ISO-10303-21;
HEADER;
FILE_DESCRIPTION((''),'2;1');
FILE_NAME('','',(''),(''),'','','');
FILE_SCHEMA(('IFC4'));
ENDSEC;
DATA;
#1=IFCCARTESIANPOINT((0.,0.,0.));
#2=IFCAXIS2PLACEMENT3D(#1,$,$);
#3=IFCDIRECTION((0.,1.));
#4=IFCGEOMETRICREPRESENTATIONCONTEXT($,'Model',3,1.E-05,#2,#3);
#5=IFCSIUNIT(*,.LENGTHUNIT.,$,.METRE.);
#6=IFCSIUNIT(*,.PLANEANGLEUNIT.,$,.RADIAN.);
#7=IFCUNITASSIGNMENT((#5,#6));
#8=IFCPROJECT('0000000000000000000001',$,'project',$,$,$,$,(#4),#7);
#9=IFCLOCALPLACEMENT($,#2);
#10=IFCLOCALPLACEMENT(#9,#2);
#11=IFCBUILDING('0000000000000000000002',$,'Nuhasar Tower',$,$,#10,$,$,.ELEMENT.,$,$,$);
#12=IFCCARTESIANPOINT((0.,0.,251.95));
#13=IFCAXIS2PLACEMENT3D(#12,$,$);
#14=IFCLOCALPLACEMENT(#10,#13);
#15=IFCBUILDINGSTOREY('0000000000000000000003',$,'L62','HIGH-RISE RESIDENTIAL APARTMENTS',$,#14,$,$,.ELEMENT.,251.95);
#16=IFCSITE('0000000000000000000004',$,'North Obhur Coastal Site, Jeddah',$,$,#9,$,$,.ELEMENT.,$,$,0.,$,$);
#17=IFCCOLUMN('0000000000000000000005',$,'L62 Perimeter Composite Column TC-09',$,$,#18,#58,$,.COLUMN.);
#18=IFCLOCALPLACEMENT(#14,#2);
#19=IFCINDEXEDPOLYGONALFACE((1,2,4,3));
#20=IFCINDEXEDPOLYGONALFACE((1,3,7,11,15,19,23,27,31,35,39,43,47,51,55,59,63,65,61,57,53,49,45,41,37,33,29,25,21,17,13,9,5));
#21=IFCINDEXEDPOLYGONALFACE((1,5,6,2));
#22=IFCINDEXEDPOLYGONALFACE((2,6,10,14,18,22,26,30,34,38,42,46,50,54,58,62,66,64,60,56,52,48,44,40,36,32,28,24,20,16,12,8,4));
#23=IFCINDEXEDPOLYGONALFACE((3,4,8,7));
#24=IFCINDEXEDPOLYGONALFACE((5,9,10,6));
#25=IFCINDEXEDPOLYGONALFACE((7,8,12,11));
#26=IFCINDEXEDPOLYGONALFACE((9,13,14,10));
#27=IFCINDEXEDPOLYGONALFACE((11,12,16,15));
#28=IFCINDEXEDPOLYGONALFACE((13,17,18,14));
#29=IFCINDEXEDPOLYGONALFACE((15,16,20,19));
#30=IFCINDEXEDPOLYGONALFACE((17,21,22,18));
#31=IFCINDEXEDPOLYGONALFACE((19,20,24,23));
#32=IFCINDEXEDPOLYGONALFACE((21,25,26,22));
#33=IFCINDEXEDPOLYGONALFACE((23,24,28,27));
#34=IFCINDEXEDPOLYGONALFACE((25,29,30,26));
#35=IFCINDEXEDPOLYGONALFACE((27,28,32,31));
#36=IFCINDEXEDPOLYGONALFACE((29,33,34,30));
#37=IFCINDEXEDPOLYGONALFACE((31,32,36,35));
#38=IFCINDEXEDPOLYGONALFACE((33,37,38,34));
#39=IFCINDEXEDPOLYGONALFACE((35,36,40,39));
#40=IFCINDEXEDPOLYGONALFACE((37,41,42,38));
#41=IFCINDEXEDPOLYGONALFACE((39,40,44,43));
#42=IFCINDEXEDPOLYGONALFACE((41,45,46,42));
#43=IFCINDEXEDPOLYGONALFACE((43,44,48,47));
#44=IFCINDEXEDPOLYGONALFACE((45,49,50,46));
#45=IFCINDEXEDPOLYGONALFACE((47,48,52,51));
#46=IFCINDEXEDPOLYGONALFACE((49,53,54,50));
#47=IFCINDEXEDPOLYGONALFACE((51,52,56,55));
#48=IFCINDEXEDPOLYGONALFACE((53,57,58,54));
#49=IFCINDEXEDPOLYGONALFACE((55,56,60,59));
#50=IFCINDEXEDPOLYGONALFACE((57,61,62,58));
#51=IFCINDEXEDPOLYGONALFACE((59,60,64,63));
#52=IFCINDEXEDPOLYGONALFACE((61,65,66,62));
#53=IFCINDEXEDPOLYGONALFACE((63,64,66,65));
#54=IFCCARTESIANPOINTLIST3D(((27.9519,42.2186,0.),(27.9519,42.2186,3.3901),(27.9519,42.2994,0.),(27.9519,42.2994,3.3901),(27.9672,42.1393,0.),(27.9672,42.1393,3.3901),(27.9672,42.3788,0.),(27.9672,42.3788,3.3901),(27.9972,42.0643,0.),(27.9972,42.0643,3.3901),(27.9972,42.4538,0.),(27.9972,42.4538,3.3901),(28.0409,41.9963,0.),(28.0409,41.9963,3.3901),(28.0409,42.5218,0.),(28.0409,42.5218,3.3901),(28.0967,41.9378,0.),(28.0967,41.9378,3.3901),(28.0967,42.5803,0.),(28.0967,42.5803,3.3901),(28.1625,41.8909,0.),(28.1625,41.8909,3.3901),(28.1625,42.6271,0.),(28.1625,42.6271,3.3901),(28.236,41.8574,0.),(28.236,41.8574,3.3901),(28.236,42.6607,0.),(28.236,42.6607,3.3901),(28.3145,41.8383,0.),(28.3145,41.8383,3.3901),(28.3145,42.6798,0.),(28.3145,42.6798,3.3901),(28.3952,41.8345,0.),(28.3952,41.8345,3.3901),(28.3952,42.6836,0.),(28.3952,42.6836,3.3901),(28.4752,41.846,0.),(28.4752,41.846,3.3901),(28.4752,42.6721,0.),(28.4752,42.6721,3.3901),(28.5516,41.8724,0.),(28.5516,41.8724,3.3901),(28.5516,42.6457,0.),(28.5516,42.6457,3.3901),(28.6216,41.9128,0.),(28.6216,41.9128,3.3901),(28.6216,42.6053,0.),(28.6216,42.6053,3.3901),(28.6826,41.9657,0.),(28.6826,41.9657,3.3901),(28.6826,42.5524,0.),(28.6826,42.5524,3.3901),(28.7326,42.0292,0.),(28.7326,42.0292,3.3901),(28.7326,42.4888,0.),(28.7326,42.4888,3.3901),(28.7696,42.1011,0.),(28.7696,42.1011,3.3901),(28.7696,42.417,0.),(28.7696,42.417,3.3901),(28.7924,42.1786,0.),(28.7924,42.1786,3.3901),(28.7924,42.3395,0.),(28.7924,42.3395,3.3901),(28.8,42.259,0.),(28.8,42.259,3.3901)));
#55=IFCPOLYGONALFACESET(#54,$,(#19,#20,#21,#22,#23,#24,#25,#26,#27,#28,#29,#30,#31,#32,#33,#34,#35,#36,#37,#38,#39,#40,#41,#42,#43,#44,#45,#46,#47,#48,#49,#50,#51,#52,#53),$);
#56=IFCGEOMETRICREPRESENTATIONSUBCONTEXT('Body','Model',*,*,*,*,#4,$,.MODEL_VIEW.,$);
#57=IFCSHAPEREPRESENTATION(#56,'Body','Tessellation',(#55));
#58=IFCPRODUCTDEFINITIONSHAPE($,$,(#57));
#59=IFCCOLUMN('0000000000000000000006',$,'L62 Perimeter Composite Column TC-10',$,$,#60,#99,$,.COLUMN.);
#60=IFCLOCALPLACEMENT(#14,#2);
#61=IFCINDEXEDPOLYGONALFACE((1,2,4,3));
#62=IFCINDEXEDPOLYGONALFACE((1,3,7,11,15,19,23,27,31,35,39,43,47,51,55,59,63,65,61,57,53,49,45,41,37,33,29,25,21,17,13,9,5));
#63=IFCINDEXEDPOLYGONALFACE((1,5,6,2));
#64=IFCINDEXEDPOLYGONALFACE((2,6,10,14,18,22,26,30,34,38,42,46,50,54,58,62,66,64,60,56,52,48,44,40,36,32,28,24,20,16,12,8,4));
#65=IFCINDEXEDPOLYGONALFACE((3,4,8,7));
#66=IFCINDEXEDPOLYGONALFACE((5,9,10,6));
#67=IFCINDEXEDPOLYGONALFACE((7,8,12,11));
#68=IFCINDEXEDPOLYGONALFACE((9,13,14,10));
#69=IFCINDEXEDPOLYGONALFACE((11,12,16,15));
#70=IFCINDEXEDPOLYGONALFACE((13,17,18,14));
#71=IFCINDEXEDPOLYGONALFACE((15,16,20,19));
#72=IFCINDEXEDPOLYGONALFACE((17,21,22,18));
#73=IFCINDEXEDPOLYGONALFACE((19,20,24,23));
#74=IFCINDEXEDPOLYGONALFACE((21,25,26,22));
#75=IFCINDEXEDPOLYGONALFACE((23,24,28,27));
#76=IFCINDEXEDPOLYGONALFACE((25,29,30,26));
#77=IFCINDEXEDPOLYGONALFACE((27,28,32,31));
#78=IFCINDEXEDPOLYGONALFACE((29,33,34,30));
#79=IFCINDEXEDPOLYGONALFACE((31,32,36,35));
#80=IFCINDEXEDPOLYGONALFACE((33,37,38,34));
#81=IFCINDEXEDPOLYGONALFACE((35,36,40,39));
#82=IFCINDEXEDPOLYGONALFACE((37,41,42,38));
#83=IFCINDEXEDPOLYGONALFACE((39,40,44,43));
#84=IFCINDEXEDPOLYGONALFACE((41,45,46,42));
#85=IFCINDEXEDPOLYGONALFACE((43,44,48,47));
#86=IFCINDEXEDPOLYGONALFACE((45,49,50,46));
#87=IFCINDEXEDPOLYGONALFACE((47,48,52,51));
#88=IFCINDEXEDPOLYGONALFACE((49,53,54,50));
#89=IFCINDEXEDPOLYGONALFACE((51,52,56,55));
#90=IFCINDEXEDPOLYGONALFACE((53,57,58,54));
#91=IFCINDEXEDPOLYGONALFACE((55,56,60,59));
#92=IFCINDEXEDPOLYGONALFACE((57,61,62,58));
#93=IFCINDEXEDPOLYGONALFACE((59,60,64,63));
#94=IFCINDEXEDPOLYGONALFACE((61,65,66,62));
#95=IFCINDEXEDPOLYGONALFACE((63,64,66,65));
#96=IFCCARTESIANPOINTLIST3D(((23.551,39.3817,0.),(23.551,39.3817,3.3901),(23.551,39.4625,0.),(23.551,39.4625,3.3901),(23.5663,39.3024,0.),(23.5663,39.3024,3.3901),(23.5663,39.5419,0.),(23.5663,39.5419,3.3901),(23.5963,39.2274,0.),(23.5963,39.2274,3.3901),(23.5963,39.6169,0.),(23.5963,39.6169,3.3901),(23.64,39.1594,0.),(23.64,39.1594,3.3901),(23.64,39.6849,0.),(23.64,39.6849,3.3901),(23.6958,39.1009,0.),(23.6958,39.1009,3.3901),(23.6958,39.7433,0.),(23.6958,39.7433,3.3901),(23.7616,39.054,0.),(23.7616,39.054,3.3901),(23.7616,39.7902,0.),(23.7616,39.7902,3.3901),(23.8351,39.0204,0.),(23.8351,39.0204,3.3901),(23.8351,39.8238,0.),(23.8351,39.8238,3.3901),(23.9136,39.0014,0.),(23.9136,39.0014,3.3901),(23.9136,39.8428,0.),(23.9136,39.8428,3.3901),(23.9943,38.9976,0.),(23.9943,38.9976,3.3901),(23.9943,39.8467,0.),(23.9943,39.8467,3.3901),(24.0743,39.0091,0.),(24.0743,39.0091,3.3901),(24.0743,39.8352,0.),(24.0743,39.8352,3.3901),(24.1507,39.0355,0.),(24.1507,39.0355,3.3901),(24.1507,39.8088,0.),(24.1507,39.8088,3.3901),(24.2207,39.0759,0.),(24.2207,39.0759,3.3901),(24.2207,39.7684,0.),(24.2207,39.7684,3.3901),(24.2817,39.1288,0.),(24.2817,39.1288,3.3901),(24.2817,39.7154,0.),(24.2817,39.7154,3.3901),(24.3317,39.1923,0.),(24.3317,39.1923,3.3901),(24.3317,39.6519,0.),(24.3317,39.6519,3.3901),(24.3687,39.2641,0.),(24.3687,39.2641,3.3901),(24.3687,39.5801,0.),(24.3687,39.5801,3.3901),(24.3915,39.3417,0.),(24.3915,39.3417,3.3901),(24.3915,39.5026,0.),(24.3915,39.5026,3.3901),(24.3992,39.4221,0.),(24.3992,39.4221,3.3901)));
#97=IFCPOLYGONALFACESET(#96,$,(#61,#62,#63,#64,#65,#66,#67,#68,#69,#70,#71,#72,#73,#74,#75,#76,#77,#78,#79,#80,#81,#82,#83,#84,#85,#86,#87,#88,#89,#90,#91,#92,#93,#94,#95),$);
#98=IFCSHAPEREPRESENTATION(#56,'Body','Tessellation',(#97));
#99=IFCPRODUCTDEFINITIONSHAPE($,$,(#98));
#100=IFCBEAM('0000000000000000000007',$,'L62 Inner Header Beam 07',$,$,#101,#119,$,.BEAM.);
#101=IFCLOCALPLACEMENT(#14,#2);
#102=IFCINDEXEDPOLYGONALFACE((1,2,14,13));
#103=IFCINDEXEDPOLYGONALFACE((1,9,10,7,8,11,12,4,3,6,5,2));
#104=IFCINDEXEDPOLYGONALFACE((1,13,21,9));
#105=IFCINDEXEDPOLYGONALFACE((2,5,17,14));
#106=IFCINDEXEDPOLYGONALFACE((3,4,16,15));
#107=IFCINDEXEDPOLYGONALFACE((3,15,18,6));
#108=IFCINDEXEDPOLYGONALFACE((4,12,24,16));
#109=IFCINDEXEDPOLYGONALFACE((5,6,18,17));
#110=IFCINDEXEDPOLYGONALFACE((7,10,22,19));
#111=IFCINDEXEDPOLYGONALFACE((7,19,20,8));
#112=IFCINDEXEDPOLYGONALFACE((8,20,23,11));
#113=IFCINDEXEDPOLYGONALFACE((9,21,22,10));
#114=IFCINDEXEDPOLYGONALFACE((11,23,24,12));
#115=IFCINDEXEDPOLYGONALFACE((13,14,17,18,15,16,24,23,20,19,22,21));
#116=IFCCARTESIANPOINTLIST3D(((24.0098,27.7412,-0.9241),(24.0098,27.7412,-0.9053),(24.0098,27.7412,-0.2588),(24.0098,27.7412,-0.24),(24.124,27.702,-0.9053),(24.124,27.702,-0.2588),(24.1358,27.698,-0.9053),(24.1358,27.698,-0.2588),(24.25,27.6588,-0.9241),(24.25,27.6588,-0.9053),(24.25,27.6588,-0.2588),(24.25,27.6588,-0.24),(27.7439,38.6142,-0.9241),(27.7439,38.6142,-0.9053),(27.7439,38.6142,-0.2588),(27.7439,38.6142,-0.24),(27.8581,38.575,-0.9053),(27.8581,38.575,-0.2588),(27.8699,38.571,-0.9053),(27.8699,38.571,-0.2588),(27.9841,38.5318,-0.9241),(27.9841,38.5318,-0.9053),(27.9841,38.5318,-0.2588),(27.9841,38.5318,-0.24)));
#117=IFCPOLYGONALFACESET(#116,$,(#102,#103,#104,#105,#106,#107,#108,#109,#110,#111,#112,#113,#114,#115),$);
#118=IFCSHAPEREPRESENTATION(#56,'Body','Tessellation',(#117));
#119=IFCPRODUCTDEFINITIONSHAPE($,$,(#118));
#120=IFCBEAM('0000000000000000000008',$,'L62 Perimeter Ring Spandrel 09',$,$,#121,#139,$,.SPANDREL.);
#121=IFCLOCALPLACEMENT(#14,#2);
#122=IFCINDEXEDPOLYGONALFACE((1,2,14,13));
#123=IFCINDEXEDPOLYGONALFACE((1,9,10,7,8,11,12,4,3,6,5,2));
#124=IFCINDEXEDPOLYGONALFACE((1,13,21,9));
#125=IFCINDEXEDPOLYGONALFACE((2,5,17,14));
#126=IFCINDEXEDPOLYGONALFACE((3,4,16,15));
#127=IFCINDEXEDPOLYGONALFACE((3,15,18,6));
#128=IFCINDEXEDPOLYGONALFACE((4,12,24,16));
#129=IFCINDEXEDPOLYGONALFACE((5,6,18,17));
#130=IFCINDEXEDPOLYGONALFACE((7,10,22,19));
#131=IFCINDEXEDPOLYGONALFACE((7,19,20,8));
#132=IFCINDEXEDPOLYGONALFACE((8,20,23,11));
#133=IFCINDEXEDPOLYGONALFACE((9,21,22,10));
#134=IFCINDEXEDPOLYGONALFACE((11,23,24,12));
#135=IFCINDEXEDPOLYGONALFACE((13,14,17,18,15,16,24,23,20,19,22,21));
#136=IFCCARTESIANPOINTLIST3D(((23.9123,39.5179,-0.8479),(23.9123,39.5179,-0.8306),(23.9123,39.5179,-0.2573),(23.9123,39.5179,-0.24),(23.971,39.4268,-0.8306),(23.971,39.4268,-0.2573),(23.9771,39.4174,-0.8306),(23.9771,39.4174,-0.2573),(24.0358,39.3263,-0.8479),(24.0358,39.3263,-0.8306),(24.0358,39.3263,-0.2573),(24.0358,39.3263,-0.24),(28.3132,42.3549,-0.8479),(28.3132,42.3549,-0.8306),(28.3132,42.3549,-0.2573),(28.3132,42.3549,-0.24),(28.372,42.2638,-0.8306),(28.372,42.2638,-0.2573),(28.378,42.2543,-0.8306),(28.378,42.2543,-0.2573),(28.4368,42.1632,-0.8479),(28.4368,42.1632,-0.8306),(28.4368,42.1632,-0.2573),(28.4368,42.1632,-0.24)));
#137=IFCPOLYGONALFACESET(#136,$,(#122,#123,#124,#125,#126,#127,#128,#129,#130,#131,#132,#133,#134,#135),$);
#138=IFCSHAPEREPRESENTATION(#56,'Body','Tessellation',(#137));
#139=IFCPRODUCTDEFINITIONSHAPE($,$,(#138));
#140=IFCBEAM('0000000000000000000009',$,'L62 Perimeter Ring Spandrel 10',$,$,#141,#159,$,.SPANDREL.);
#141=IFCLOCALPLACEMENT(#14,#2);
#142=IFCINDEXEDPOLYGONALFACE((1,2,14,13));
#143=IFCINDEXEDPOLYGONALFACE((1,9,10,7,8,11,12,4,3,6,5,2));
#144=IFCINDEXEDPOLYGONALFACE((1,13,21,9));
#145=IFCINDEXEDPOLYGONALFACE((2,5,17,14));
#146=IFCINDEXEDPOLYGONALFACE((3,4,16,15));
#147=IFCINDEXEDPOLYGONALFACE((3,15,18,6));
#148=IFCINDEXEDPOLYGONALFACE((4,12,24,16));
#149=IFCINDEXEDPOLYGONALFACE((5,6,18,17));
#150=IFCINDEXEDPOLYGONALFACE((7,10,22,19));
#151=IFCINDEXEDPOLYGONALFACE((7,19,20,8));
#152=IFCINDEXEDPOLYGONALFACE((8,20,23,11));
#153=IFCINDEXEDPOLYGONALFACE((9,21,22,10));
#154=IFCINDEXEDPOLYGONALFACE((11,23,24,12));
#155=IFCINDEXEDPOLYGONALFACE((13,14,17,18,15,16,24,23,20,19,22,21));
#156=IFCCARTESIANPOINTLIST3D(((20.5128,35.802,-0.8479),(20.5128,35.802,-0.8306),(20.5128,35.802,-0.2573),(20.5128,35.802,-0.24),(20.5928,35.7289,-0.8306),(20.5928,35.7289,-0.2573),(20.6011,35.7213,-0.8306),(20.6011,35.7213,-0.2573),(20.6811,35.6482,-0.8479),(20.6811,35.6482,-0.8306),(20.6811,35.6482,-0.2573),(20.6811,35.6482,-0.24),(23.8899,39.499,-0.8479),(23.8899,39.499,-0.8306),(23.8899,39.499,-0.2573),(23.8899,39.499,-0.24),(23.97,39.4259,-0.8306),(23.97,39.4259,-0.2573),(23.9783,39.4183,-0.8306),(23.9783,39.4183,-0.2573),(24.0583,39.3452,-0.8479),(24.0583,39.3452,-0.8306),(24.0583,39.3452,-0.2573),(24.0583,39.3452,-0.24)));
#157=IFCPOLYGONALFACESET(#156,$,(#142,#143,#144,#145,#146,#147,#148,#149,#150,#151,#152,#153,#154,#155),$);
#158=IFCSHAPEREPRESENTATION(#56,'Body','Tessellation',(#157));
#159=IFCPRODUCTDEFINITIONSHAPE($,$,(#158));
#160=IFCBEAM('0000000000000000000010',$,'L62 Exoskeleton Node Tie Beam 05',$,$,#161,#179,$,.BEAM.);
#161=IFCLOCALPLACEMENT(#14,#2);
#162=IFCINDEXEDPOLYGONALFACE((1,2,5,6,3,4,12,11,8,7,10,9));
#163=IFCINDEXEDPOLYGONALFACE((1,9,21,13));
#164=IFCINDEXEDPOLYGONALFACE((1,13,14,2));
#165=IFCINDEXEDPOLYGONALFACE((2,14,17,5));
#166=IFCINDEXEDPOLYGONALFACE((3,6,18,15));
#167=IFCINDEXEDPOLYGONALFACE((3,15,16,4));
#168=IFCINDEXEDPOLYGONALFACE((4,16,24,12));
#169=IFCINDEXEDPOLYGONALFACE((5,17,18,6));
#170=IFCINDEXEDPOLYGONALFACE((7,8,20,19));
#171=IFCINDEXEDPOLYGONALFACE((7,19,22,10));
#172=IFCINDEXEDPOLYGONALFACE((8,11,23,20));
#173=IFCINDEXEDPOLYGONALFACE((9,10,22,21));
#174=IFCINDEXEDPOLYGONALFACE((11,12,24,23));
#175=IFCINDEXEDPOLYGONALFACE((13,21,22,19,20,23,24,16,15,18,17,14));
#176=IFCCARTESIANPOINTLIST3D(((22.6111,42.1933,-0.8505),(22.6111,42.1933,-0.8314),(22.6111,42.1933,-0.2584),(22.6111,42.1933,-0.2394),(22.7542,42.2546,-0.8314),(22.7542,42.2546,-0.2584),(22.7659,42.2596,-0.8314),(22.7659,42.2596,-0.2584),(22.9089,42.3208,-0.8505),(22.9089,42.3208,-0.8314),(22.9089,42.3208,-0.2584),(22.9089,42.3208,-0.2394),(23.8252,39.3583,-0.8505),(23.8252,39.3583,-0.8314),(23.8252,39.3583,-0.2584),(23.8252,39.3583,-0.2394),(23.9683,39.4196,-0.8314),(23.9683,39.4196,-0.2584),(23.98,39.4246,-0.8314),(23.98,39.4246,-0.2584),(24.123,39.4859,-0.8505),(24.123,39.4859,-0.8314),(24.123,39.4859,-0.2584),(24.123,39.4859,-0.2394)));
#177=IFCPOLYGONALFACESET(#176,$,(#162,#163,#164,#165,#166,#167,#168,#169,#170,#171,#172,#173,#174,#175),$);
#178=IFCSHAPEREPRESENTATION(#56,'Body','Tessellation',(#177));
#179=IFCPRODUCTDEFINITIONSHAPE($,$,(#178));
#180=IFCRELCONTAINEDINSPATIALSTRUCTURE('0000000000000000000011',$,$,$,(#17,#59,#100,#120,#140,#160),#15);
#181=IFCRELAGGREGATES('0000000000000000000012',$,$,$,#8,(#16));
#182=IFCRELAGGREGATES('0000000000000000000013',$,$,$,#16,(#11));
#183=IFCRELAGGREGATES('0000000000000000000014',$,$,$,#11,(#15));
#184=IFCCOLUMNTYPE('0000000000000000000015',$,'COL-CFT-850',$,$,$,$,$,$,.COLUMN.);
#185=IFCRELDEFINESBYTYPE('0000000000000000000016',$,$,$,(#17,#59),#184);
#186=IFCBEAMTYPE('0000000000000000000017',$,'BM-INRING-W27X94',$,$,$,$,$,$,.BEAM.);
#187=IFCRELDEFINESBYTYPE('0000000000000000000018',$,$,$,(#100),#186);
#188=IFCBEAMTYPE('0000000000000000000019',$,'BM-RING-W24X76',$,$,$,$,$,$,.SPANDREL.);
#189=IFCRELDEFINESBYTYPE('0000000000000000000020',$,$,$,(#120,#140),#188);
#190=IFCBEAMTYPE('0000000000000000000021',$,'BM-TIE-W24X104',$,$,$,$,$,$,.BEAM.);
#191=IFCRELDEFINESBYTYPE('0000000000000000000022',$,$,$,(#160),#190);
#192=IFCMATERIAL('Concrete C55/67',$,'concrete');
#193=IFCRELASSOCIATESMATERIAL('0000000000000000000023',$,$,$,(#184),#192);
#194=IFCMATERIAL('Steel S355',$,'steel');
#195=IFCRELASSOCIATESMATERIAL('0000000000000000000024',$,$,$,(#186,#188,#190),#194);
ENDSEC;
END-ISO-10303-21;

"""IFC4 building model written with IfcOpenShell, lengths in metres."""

from ifc_helpers import new_model, si_unit, direction, frame, origin, origin_2d, place, context, subcontext, project, spatial, circle, i_section, extrude, material, material_profile, profile_set, type_object, element, save


model = new_model("IFC4")

# Units and contexts
model_context = context("Model", 3, precision=1e-05, world=origin(), true_north=direction((0.0, 1.0)))
body_context = subcontext(model_context, "Body", "Model", "MODEL_VIEW")
ifc_project = project(units=[si_unit("LENGTHUNIT", "METRE"), si_unit("PLANEANGLEUNIT", "RADIAN")], contexts=[model_context])

# Site, building, storey
site_placement = place(None, origin())
site = spatial("IfcSite", under=ifc_project, at=site_placement, Name="North Obhur Coastal Site, Jeddah", CompositionType="ELEMENT", RefElevation=0.0)
building_placement = place(site_placement, origin())
building = spatial("IfcBuilding", under=site, at=building_placement, Name="Nuhasar Tower", CompositionType="ELEMENT")
storey_placement = place(building_placement, frame((0.0, 0.0, 251.95)))
storey = spatial("IfcBuildingStorey", under=building, at=storey_placement, Name="L62", Description="HIGH-RISE RESIDENTIAL APARTMENTS", CompositionType="ELEMENT", Elevation=251.95)

# Columns
ifc_material_1 = material(Name="Concrete C55/67", Category="concrete")
ifc_material_profile_1 = material_profile(ifc_material_1, circle(Radius=0.425, at=origin_2d()), Name="CFT850")
ifc_profile_set_1 = profile_set([ifc_material_profile_1], Name="Concrete C55/67")
column_type = type_object("IfcColumnType", Name="COL-CFT-850", PredefinedType="COLUMN", material=ifc_profile_set_1)
for number, where, z_axis, x_axis, name in (
    (1, (28.375, 42.259, 0.0), (0.0, 0.0, 1.0), (1.0, 0.0, 0.0), "L62 Perimeter Composite Column TC-09"),
    (2, (23.9741, 39.4221, 0.0), (0.0, 0.0, 1.0), (1.0, 0.0, 0.0), "L62 Perimeter Composite Column TC-10"),
):
    element("IfcColumn", number, at=place(storey_placement, frame(where, z_axis=z_axis, x_axis=x_axis)), inside=storey, type_object=column_type, Name=name, PredefinedType="COLUMN", context=body_context, shape_type="SweptSolid", body=[
        extrude(circle(Radius=0.425, at=origin_2d()), origin(), (0.0, 0.0, 1.0), 3.3901),
    ])

# Beams
ifc_material_2 = material(Name="Steel S355", Category="steel")
ifc_material_profile_2 = material_profile(ifc_material_2, i_section(OverallWidth=0.2539, OverallDepth=0.6841, WebThickness=0.0125, FlangeThickness=0.0188, at=origin_2d()), Name="W27X94")
ifc_profile_set_2 = profile_set([ifc_material_profile_2], Name="Steel S355")
beam_type_1 = type_object("IfcBeamType", Name="BM-INRING-W27X94", PredefinedType="BEAM", material=ifc_profile_set_2)
beam_1_placement = place(storey_placement, frame((27.864, 38.573, -0.582), z_axis=(-0.324809, -0.94578, 0.0), x_axis=(0.94578, -0.324809, 0.0)))
element("IfcBeam", 3, at=beam_1_placement, inside=storey, type_object=beam_type_1, Name="L62 Inner Header Beam 07", PredefinedType="BEAM", context=body_context, shape_type="SweptSolid", body=[
    extrude(i_section(OverallWidth=0.2539, OverallDepth=0.6841, WebThickness=0.0125, FlangeThickness=0.0188, at=origin_2d()), origin(), (0.0, 0.0, 1.0), 11.4963),
])
ifc_material_profile_3 = material_profile(ifc_material_2, i_section(OverallWidth=0.228, OverallDepth=0.6079, WebThickness=0.0112, FlangeThickness=0.0173, at=origin_2d()), Name="W24X76")
ifc_profile_set_3 = profile_set([ifc_material_profile_3], Name="Steel S355")
beam_type_2 = type_object("IfcBeamType", Name="BM-RING-W24X76", PredefinedType="SPANDREL", material=ifc_profile_set_3)
beam_2_placement = place(storey_placement, frame((28.375, 42.259, -0.5439), z_axis=(-0.840502, -0.541808, 0.0), x_axis=(0.541808, -0.840502, 0.0)))
element("IfcBeam", 4, at=beam_2_placement, inside=storey, type_object=beam_type_2, Name="L62 Perimeter Ring Spandrel 09", PredefinedType="SPANDREL", context=body_context, shape_type="SweptSolid", body=[
    extrude(i_section(OverallWidth=0.228, OverallDepth=0.6079, WebThickness=0.0112, FlangeThickness=0.0173, at=origin_2d()), origin(), (0.0, 0.0, 1.0), 5.2361),
])
beam_3_placement = place(storey_placement, frame((23.9741, 39.4221, -0.5439), z_axis=(-0.67445, -0.738321, 0.0), x_axis=(0.738321, -0.67445, 0.0)))
element("IfcBeam", 5, at=beam_3_placement, inside=storey, type_object=beam_type_2, Name="L62 Perimeter Ring Spandrel 10", PredefinedType="SPANDREL", context=body_context, shape_type="SweptSolid", body=[
    extrude(i_section(OverallWidth=0.228, OverallDepth=0.6079, WebThickness=0.0112, FlangeThickness=0.0173, at=origin_2d()), origin(), (0.0, 0.0, 1.0), 5.0073),
])
ifc_material_profile_4 = material_profile(ifc_material_2, i_section(OverallWidth=0.324, OverallDepth=0.6111, WebThickness=0.0127, FlangeThickness=0.019, at=origin_2d()), Name="W24X104")
ifc_profile_set_4 = profile_set([ifc_material_profile_4], Name="Steel S355")
beam_type_3 = type_object("IfcBeamType", Name="BM-TIE-W24X104", PredefinedType="BEAM", material=ifc_profile_set_4)
beam_4_placement = place(storey_placement, frame((23.9741, 39.4221, -0.5449), z_axis=(-0.39368, 0.919247, 0.0), x_axis=(-0.919247, -0.39368, 0.0)))
element("IfcBeam", 6, at=beam_4_placement, inside=storey, type_object=beam_type_3, Name="L62 Exoskeleton Node Tie Beam 05", PredefinedType="BEAM", context=body_context, shape_type="SweptSolid", body=[
    extrude(i_section(OverallWidth=0.324, OverallDepth=0.6111, WebThickness=0.0127, FlangeThickness=0.019, at=origin_2d()), origin(), (0.0, 0.0, 1.0), 3.084),
])

save(model, "model.ifc")
